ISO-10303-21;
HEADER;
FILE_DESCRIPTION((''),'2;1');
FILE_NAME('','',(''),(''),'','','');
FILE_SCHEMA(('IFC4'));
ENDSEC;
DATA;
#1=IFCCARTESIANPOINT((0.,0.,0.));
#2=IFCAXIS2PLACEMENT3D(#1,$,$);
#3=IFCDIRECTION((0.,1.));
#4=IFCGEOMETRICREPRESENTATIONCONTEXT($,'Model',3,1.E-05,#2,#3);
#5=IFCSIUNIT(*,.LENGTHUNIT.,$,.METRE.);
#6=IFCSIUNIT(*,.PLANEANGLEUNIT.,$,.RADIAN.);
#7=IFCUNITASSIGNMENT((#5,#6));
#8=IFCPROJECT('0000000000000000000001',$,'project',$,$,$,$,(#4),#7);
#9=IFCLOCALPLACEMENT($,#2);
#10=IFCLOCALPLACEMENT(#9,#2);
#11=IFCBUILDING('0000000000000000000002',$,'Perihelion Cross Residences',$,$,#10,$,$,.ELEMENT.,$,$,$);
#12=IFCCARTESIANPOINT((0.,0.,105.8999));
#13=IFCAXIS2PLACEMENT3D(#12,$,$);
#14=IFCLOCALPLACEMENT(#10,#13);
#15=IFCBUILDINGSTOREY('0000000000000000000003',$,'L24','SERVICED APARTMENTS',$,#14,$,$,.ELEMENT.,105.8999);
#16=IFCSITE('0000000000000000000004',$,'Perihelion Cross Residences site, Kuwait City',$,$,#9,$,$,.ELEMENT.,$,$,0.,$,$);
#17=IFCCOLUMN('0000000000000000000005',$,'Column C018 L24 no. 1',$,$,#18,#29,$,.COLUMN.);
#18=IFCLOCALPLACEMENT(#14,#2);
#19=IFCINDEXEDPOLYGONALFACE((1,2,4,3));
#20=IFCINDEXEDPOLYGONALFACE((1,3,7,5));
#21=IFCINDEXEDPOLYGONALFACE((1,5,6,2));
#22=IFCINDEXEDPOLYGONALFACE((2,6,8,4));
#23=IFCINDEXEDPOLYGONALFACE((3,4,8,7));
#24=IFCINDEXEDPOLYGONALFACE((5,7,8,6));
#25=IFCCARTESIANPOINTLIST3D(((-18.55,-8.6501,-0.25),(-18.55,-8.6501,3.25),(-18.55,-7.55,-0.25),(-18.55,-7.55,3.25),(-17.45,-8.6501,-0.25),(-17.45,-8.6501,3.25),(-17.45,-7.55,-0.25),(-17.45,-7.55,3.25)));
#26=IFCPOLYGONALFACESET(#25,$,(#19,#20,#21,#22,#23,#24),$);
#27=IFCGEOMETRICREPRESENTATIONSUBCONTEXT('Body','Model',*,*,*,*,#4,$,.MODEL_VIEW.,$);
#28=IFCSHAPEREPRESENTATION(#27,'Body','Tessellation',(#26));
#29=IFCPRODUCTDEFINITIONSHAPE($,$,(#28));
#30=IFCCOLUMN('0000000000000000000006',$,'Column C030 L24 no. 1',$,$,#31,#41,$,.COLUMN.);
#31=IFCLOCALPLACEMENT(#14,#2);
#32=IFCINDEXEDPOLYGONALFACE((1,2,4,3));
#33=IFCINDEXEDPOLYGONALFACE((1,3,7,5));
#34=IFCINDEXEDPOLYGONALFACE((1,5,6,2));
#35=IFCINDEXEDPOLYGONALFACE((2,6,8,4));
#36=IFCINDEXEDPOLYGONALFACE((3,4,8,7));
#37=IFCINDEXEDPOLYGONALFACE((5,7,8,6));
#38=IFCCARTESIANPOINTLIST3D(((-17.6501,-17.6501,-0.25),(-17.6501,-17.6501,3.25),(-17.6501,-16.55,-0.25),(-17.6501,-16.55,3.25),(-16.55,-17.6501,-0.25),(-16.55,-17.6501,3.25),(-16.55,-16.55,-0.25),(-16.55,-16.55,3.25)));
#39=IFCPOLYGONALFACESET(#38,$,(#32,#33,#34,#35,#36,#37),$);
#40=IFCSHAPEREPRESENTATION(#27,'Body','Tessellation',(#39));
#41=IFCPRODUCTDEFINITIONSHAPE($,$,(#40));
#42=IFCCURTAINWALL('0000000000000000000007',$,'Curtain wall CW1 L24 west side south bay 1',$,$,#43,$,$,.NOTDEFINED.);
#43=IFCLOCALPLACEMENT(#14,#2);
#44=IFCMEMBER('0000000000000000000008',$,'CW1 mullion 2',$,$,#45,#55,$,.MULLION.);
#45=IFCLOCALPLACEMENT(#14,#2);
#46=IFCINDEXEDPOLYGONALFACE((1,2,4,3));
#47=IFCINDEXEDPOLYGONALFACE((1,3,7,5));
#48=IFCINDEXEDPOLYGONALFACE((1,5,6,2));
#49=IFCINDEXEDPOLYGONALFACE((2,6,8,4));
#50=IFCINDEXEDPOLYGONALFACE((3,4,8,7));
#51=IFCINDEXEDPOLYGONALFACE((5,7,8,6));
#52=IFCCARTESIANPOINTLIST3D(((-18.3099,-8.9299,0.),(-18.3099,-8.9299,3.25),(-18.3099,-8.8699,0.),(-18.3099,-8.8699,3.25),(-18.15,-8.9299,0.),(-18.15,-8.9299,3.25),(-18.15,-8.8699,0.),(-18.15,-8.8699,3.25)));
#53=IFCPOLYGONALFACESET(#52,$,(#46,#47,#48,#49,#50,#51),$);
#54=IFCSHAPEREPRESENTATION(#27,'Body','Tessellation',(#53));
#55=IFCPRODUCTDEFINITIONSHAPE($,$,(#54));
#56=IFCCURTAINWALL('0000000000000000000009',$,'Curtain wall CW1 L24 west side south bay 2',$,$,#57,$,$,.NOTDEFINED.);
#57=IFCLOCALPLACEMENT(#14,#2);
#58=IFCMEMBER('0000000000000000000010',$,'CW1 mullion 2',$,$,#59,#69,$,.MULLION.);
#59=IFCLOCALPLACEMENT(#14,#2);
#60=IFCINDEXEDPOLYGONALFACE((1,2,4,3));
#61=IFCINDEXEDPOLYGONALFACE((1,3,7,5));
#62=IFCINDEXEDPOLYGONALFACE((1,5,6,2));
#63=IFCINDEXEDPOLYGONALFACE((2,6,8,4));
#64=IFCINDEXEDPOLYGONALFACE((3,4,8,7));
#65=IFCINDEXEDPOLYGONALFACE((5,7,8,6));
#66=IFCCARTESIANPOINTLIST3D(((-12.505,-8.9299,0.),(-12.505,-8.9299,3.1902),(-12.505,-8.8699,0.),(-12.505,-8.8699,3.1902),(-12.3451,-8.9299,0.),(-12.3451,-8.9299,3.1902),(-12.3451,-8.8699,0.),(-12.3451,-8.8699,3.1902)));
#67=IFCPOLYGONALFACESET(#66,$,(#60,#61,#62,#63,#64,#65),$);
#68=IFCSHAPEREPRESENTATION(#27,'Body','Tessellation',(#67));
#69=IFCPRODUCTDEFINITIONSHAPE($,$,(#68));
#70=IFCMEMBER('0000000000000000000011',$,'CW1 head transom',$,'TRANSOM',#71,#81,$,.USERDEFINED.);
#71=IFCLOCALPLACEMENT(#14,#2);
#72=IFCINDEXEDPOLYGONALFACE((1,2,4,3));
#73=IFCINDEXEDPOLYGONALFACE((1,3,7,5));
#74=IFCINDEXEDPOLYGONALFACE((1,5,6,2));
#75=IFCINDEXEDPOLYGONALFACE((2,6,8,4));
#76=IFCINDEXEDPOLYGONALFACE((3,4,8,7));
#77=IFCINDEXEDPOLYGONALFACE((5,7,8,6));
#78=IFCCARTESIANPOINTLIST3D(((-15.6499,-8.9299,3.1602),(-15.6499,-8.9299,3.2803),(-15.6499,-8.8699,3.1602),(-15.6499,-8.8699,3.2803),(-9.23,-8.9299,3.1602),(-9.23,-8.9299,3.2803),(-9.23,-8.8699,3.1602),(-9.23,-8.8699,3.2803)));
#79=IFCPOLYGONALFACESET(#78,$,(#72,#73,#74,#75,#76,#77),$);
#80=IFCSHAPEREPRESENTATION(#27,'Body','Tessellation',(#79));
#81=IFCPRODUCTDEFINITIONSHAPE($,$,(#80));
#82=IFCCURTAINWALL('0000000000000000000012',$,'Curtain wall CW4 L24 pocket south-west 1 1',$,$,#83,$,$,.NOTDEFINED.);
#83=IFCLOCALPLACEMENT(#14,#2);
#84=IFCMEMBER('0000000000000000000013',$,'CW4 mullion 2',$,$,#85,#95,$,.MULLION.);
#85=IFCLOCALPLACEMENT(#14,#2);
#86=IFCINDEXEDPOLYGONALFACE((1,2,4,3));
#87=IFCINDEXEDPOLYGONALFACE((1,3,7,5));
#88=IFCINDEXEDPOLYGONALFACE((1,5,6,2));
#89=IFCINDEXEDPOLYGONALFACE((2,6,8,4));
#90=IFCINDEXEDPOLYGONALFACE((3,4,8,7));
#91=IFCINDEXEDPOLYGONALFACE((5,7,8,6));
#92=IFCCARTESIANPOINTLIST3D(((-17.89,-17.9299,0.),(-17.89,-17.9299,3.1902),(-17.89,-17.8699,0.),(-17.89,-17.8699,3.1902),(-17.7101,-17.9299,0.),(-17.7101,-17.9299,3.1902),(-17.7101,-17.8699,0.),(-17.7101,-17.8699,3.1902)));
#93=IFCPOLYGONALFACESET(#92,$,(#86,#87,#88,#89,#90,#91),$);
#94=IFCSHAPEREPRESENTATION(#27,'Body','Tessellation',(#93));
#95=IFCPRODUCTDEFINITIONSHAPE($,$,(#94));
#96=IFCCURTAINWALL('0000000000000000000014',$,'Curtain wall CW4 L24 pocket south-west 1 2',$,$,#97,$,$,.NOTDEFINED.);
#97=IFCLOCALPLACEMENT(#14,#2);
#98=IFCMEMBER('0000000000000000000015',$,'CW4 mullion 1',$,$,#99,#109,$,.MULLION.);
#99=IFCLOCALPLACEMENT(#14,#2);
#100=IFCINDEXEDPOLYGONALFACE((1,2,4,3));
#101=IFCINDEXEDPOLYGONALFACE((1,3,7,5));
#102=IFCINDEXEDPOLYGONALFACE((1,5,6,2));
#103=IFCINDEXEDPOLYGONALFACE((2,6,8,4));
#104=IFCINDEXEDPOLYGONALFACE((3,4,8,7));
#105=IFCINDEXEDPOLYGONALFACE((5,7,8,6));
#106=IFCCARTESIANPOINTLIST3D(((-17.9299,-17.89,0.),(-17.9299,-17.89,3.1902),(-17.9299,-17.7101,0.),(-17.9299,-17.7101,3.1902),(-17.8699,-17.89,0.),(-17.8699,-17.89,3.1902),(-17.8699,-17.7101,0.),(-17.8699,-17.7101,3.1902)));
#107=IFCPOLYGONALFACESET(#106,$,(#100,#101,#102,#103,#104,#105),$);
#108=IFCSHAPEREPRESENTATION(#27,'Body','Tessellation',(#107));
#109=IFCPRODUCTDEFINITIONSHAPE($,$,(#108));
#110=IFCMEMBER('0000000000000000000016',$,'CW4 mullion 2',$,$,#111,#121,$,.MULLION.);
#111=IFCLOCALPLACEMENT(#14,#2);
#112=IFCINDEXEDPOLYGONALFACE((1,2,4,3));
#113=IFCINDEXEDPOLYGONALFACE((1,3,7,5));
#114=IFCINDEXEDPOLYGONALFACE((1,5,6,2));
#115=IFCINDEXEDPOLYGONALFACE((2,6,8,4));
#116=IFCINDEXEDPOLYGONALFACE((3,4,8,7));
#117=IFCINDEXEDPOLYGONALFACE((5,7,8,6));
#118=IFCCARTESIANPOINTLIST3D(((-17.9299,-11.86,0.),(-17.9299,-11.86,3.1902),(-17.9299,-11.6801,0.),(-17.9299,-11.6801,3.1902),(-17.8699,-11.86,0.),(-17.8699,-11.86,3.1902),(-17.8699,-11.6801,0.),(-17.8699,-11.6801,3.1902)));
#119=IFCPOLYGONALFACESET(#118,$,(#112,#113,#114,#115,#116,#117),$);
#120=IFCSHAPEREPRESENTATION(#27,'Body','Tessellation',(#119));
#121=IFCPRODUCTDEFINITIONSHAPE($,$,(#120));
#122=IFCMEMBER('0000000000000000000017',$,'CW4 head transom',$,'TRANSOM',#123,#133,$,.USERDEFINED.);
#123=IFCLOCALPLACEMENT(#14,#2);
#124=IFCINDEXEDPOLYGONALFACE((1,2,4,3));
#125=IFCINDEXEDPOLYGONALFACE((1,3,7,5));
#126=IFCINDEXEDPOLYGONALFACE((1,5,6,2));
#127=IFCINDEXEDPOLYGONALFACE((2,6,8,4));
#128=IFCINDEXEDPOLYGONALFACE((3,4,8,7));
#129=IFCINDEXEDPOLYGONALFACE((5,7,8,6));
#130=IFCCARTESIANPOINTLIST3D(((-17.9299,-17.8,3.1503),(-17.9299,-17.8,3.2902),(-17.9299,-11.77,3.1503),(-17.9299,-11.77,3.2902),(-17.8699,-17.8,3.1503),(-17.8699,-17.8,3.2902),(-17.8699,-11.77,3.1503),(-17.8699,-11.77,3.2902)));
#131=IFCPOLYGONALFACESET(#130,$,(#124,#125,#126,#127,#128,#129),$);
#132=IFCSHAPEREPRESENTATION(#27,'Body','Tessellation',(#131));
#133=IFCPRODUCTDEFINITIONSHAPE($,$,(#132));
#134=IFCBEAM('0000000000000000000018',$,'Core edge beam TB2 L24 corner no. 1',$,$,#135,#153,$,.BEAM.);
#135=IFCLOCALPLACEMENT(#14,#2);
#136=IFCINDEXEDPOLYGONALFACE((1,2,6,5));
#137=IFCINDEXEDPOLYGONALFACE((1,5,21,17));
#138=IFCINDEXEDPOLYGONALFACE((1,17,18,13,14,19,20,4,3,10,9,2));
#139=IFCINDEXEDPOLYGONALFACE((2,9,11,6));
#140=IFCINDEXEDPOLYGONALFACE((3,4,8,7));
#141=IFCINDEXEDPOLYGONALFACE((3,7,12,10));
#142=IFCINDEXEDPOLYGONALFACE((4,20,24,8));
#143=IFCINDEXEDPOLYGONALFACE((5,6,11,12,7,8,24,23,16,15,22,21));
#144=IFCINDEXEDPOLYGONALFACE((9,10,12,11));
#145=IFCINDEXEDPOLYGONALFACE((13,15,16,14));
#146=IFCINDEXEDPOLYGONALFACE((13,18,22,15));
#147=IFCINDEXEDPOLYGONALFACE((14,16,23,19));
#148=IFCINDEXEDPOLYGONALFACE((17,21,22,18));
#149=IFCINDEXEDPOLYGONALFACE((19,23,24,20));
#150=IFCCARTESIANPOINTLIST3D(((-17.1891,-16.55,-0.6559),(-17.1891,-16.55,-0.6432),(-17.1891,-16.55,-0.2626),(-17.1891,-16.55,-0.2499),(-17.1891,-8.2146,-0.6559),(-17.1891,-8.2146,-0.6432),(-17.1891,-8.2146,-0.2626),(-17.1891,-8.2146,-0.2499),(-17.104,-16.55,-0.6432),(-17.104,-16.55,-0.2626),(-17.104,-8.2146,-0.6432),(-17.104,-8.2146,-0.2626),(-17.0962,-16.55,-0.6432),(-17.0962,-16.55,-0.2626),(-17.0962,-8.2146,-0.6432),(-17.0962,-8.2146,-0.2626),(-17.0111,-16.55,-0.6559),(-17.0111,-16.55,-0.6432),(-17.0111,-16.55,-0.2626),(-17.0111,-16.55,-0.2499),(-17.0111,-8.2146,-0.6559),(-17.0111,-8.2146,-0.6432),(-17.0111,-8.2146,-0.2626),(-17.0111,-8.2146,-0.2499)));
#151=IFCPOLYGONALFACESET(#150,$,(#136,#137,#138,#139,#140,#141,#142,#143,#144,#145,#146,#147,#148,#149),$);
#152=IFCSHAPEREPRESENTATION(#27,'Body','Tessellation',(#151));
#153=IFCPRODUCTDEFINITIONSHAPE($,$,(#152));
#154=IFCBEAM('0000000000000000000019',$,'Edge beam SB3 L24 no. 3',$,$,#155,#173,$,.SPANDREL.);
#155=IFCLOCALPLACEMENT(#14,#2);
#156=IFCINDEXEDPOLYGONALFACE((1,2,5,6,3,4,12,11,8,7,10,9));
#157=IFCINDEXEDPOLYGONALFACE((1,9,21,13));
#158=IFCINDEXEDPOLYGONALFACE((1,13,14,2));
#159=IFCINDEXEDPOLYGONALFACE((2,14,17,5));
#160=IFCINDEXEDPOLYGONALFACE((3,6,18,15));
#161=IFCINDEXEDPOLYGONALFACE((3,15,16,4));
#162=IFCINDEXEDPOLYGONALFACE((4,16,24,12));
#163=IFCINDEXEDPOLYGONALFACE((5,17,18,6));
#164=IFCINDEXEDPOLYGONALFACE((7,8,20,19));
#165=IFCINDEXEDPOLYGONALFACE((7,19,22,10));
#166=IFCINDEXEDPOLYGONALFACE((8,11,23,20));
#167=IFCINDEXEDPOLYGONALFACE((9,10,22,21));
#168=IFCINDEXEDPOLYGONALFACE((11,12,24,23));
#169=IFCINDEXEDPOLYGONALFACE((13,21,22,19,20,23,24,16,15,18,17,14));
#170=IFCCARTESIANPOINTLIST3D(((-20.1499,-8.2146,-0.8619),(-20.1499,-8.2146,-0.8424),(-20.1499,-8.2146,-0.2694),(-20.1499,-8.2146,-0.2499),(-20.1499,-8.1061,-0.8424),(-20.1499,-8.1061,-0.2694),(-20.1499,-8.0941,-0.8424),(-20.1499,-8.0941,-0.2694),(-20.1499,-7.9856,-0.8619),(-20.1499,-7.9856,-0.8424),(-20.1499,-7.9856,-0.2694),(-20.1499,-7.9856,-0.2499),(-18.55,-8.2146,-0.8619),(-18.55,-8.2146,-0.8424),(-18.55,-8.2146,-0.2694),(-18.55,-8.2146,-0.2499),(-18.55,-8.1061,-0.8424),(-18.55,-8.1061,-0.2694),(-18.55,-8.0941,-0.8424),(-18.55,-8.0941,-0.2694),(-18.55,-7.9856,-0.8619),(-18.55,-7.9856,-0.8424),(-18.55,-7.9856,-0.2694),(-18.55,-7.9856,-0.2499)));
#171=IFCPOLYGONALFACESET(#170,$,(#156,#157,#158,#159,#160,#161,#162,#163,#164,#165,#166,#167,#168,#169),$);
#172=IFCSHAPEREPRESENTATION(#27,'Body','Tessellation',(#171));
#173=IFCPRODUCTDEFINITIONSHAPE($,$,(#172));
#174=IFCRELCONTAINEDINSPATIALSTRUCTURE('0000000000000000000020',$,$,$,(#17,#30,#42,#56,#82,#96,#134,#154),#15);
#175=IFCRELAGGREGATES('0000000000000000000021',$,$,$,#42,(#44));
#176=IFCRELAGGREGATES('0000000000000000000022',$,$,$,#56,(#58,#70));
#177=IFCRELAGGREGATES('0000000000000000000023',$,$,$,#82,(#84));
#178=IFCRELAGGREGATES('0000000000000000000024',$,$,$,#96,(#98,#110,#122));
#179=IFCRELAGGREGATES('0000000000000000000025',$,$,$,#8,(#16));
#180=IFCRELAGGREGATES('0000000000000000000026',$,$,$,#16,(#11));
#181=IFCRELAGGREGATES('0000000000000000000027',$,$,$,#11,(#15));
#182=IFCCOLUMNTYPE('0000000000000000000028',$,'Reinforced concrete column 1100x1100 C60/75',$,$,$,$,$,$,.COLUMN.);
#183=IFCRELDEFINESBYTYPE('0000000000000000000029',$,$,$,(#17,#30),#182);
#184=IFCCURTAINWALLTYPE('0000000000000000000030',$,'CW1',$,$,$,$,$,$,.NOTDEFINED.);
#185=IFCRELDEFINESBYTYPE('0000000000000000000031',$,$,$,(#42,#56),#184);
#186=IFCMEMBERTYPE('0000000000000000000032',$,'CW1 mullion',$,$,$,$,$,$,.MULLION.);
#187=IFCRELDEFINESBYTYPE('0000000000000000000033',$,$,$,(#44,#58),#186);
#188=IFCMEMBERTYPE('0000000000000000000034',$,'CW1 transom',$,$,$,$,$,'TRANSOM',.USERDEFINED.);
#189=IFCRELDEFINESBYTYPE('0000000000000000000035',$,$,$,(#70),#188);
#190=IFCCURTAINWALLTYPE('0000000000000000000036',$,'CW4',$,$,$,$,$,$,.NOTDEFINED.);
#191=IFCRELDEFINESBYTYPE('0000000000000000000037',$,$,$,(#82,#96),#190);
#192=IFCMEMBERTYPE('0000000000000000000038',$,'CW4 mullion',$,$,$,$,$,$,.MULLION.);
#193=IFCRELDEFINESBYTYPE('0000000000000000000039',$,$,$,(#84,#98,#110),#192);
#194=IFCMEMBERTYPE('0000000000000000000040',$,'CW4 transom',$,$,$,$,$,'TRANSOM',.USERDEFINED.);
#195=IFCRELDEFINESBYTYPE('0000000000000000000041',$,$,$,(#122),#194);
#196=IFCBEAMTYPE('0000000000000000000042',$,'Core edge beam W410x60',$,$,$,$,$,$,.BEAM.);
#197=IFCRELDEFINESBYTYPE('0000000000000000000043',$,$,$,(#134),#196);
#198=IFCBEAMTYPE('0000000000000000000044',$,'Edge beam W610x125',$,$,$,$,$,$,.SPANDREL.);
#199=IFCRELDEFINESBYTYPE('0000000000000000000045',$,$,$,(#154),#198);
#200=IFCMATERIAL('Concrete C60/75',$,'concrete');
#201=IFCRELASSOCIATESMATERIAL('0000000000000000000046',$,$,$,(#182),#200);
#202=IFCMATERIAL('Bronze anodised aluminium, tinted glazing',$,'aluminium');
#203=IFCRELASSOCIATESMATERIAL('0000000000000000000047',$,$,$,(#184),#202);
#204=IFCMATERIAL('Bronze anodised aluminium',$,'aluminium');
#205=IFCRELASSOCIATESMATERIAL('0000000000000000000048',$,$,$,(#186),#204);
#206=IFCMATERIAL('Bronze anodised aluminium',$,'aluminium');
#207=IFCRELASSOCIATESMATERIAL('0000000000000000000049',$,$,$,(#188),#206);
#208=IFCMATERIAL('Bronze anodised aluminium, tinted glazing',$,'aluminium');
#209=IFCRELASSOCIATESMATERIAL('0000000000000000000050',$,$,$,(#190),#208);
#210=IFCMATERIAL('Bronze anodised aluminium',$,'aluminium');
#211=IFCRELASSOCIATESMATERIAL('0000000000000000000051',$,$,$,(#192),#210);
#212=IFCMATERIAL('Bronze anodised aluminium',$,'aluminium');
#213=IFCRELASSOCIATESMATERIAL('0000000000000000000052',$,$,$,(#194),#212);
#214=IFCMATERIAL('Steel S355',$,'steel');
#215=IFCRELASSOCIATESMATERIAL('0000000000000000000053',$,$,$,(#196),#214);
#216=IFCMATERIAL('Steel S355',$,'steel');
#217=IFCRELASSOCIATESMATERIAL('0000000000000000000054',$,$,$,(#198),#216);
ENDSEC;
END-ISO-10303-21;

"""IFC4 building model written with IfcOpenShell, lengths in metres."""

from ifc_helpers import new_model, si_unit, direction, frame, origin, origin_2d, place, context, subcontext, project, spatial, rectangle, i_section, extrude, material, material_profile, profile_set, type_object, element, aggregate, save


model = new_model("IFC4")

# Units and contexts
model_context = context("Model", 3, precision=1e-05, world=origin(), true_north=direction((0.0, 1.0)))
body_context = subcontext(model_context, "Body", "Model", "MODEL_VIEW")
ifc_project = project(units=[si_unit("LENGTHUNIT", "METRE"), si_unit("PLANEANGLEUNIT", "RADIAN")], contexts=[model_context])

# Site, building, storey
site_placement = place(None, origin())
site = spatial("IfcSite", under=ifc_project, at=site_placement, Name="Perihelion Cross Residences site, Kuwait City", CompositionType="ELEMENT", RefElevation=0.0)
building_placement = place(site_placement, origin())
building = spatial("IfcBuilding", under=site, at=building_placement, Name="Perihelion Cross Residences", CompositionType="ELEMENT")
storey_placement = place(building_placement, frame((0.0, 0.0, 105.8999)))
storey = spatial("IfcBuildingStorey", under=building, at=storey_placement, Name="L24", Description="SERVICED APARTMENTS", CompositionType="ELEMENT", Elevation=105.8999)

# Columns
ifc_material_1 = material(Name="Concrete C60/75", Category="concrete")
ifc_material_profile_1 = material_profile(ifc_material_1, rectangle(XDim=1.1001, YDim=1.1001, at=origin_2d()), Name="RC 1100x1100")
ifc_profile_set_1 = profile_set([ifc_material_profile_1], Name="Concrete C60/75")
column_type = type_object("IfcColumnType", Name="Reinforced concrete column 1100x1100 C60/75", PredefinedType="COLUMN", material=ifc_profile_set_1)
for number, where, z_axis, x_axis, name in (
    (1, (-18.0, -8.1001, -0.25), (0.0, 0.0, 1.0), (1.0, 0.0, 0.0), "Column C018 L24 no. 1"),
    (2, (-17.1001, -17.1001, -0.25), (0.0, 0.0, 1.0), (1.0, 0.0, 0.0), "Column C030 L24 no. 1"),
):
    element("IfcColumn", number, at=place(storey_placement, frame(where, z_axis=z_axis, x_axis=x_axis)), inside=storey, type_object=column_type, Name=name, PredefinedType="COLUMN", context=body_context, shape_type="SweptSolid", body=[
        extrude(rectangle(XDim=1.1001, YDim=1.1001, at=origin_2d()), origin(), (0.0, 0.0, 1.0), 3.5),
    ])

# Curtain wall, member
ifc_material_2 = material(Name="Bronze anodised aluminium, tinted glazing", Category="aluminium")
curtain_wall_type_1 = type_object("IfcCurtainWallType", Name="CW1", PredefinedType="NOTDEFINED", material=ifc_material_2)
curtain_wall_1_placement = place(storey_placement, origin())
curtain_wall_1 = element("IfcCurtainWall", 3, at=curtain_wall_1_placement, inside=storey, type_object=curtain_wall_type_1, Name="Curtain wall CW1 L24 west side south bay 1", PredefinedType="NOTDEFINED")
ifc_material_3 = material(Name="Bronze anodised aluminium", Category="aluminium")
ifc_material_profile_2 = material_profile(ifc_material_3, rectangle(XDim=0.0601, YDim=0.1599, at=origin_2d()), Name="CW1 mullion")
ifc_profile_set_2 = profile_set([ifc_material_profile_2], Name="Bronze anodised aluminium")
member_type_1 = type_object("IfcMemberType", Name="CW1 mullion", PredefinedType="MULLION", material=ifc_profile_set_2)
member_1_placement = place(storey_placement, frame((-18.23, -8.8999, 0.0), z_axis=(0.0, 0.0, 1.0), x_axis=(0.0, 1.0, 0.0)))
member_1 = element("IfcMember", 4, at=member_1_placement, type_object=member_type_1, Name="CW1 mullion 2", PredefinedType="MULLION", context=body_context, shape_type="SweptSolid", body=[
    extrude(rectangle(XDim=0.0601, YDim=0.1599, at=origin_2d()), origin(), (0.0, 0.0, 1.0), 3.25),
])

# Curtain wall, members
curtain_wall_2_placement = place(storey_placement, origin())
curtain_wall_2 = element("IfcCurtainWall", 5, at=curtain_wall_2_placement, inside=storey, type_object=curtain_wall_type_1, Name="Curtain wall CW1 L24 west side south bay 2", PredefinedType="NOTDEFINED")
member_2_placement = place(storey_placement, frame((-12.425, -8.8999, 0.0), z_axis=(0.0, 0.0, 1.0), x_axis=(0.0, 1.0, 0.0)))
member_2 = element("IfcMember", 6, at=member_2_placement, type_object=member_type_1, Name="CW1 mullion 2", PredefinedType="MULLION", context=body_context, shape_type="SweptSolid", body=[
    extrude(rectangle(XDim=0.0601, YDim=0.1599, at=origin_2d()), origin(), (0.0, 0.0, 1.0), 3.1902),
])
ifc_material_4 = material(Name="Bronze anodised aluminium", Category="aluminium")
ifc_material_profile_3 = material_profile(ifc_material_4, rectangle(XDim=0.0601, YDim=0.1201, at=origin_2d()), Name="CW1 transom")
ifc_profile_set_3 = profile_set([ifc_material_profile_3], Name="Bronze anodised aluminium")
member_type_2 = type_object("IfcMemberType", Name="CW1 transom", ElementType="TRANSOM", PredefinedType="USERDEFINED", material=ifc_profile_set_3)
member_3_placement = place(storey_placement, frame((-15.6499, -8.8999, 3.2202), z_axis=(1.0, 0.0, 0.0), x_axis=(0.0, 1.0, 0.0)))
member_3 = element("IfcMember", 7, at=member_3_placement, type_object=member_type_2, Name="CW1 head transom", ObjectType="TRANSOM", PredefinedType="USERDEFINED", context=body_context, shape_type="SweptSolid", body=[
    extrude(rectangle(XDim=0.0601, YDim=0.1201, at=origin_2d()), origin(), (0.0, 0.0, 1.0), 6.4199),
])

# Curtain wall, member
ifc_material_5 = material(Name="Bronze anodised aluminium, tinted glazing", Category="aluminium")
curtain_wall_type_2 = type_object("IfcCurtainWallType", Name="CW4", PredefinedType="NOTDEFINED", material=ifc_material_5)
curtain_wall_3_placement = place(storey_placement, origin())
curtain_wall_3 = element("IfcCurtainWall", 8, at=curtain_wall_3_placement, inside=storey, type_object=curtain_wall_type_2, Name="Curtain wall CW4 L24 pocket south-west 1 1", PredefinedType="NOTDEFINED")
ifc_material_6 = material(Name="Bronze anodised aluminium", Category="aluminium")
ifc_material_profile_4 = material_profile(ifc_material_6, rectangle(XDim=0.0601, YDim=0.1799, at=origin_2d()), Name="CW4 mullion")
ifc_profile_set_4 = profile_set([ifc_material_profile_4], Name="Bronze anodised aluminium")
member_type_3 = type_object("IfcMemberType", Name="CW4 mullion", PredefinedType="MULLION", material=ifc_profile_set_4)
member_4_placement = place(storey_placement, frame((-17.8, -17.8999, 0.0), z_axis=(0.0, 0.0, 1.0), x_axis=(0.0, -1.0, 0.0)))
member_4 = element("IfcMember", 9, at=member_4_placement, type_object=member_type_3, Name="CW4 mullion 2", PredefinedType="MULLION", context=body_context, shape_type="SweptSolid", body=[
    extrude(rectangle(XDim=0.0601, YDim=0.1799, at=origin_2d()), origin(), (0.0, 0.0, 1.0), 3.1902),
])

# Curtain wall, members
curtain_wall_4_placement = place(storey_placement, origin())
curtain_wall_4 = element("IfcCurtainWall", 10, at=curtain_wall_4_placement, inside=storey, type_object=curtain_wall_type_2, Name="Curtain wall CW4 L24 pocket south-west 1 2", PredefinedType="NOTDEFINED")
member_5_placement = place(storey_placement, frame((-17.8999, -17.8, 0.0), z_axis=(0.0, 0.0, 1.0), x_axis=(-1.0, 0.0, 0.0)))
member_5 = element("IfcMember", 11, at=member_5_placement, type_object=member_type_3, Name="CW4 mullion 1", PredefinedType="MULLION", context=body_context, shape_type="SweptSolid", body=[
    extrude(rectangle(XDim=0.0601, YDim=0.1799, at=origin_2d()), origin(), (0.0, 0.0, 1.0), 3.1902),
])
member_6_placement = place(storey_placement, frame((-17.8999, -11.77, 0.0), z_axis=(0.0, 0.0, 1.0), x_axis=(-1.0, 0.0, 0.0)))
member_6 = element("IfcMember", 12, at=member_6_placement, type_object=member_type_3, Name="CW4 mullion 2", PredefinedType="MULLION", context=body_context, shape_type="SweptSolid", body=[
    extrude(rectangle(XDim=0.0601, YDim=0.1799, at=origin_2d()), origin(), (0.0, 0.0, 1.0), 3.1902),
])
ifc_material_7 = material(Name="Bronze anodised aluminium", Category="aluminium")
ifc_material_profile_5 = material_profile(ifc_material_7, rectangle(XDim=0.0601, YDim=0.1399, at=origin_2d()), Name="CW4 transom")
ifc_profile_set_5 = profile_set([ifc_material_profile_5], Name="Bronze anodised aluminium")
member_type_4 = type_object("IfcMemberType", Name="CW4 transom", ElementType="TRANSOM", PredefinedType="USERDEFINED", material=ifc_profile_set_5)
member_7_placement = place(storey_placement, frame((-17.8999, -17.8, 3.2202), z_axis=(0.0, 1.0, 0.0), x_axis=(-1.0, 0.0, 0.0)))
member_7 = element("IfcMember", 13, at=member_7_placement, type_object=member_type_4, Name="CW4 head transom", ObjectType="TRANSOM", PredefinedType="USERDEFINED", context=body_context, shape_type="SweptSolid", body=[
    extrude(rectangle(XDim=0.0601, YDim=0.1399, at=origin_2d()), origin(), (0.0, 0.0, 1.0), 6.03),
])

# Beams
ifc_material_8 = material(Name="Steel S355", Category="steel")
ifc_material_profile_6 = material_profile(ifc_material_8, i_section(OverallWidth=0.178, OverallDepth=0.406, WebThickness=0.0078, FlangeThickness=0.0127, at=origin_2d()), Name="W410x60")
ifc_profile_set_6 = profile_set([ifc_material_profile_6], Name="Steel S355")
beam_type_1 = type_object("IfcBeamType", Name="Core edge beam W410x60", PredefinedType="BEAM", material=ifc_profile_set_6)
beam_1_placement = place(storey_placement, frame((-17.1001, -8.2146, -0.4529), z_axis=(0.0, -1.0, 0.0), x_axis=(1.0, 0.0, 0.0)))
element("IfcBeam", 14, at=beam_1_placement, inside=storey, type_object=beam_type_1, Name="Core edge beam TB2 L24 corner no. 1", PredefinedType="BEAM", context=body_context, shape_type="SweptSolid", body=[
    extrude(i_section(OverallWidth=0.178, OverallDepth=0.406, WebThickness=0.0078, FlangeThickness=0.0127, at=origin_2d()), origin(), (0.0, 0.0, 1.0), 8.3354),
])
ifc_material_9 = material(Name="Steel S355", Category="steel")
ifc_material_profile_7 = material_profile(ifc_material_9, i_section(OverallWidth=0.229, OverallDepth=0.6121, WebThickness=0.012, FlangeThickness=0.0195, at=origin_2d()), Name="W610x125")
ifc_profile_set_7 = profile_set([ifc_material_profile_7], Name="Steel S355")
beam_type_2 = type_object("IfcBeamType", Name="Edge beam W610x125", PredefinedType="SPANDREL", material=ifc_profile_set_7)
beam_2_placement = place(storey_placement, frame((-20.1499, -8.1001, -0.5559), z_axis=(1.0, 0.0, 0.0), x_axis=(0.0, 1.0, 0.0)))
element("IfcBeam", 15, at=beam_2_placement, inside=storey, type_object=beam_type_2, Name="Edge beam SB3 L24 no. 3", PredefinedType="SPANDREL", context=body_context, shape_type="SweptSolid", body=[
    extrude(i_section(OverallWidth=0.229, OverallDepth=0.6121, WebThickness=0.012, FlangeThickness=0.0195, at=origin_2d()), origin(), (0.0, 0.0, 1.0), 1.5999),
])

aggregate(curtain_wall_1, [member_1])
aggregate(curtain_wall_2, [member_2, member_3])
aggregate(curtain_wall_3, [member_4])
aggregate(curtain_wall_4, [member_5, member_6, member_7])

save(model, "model.ifc")
